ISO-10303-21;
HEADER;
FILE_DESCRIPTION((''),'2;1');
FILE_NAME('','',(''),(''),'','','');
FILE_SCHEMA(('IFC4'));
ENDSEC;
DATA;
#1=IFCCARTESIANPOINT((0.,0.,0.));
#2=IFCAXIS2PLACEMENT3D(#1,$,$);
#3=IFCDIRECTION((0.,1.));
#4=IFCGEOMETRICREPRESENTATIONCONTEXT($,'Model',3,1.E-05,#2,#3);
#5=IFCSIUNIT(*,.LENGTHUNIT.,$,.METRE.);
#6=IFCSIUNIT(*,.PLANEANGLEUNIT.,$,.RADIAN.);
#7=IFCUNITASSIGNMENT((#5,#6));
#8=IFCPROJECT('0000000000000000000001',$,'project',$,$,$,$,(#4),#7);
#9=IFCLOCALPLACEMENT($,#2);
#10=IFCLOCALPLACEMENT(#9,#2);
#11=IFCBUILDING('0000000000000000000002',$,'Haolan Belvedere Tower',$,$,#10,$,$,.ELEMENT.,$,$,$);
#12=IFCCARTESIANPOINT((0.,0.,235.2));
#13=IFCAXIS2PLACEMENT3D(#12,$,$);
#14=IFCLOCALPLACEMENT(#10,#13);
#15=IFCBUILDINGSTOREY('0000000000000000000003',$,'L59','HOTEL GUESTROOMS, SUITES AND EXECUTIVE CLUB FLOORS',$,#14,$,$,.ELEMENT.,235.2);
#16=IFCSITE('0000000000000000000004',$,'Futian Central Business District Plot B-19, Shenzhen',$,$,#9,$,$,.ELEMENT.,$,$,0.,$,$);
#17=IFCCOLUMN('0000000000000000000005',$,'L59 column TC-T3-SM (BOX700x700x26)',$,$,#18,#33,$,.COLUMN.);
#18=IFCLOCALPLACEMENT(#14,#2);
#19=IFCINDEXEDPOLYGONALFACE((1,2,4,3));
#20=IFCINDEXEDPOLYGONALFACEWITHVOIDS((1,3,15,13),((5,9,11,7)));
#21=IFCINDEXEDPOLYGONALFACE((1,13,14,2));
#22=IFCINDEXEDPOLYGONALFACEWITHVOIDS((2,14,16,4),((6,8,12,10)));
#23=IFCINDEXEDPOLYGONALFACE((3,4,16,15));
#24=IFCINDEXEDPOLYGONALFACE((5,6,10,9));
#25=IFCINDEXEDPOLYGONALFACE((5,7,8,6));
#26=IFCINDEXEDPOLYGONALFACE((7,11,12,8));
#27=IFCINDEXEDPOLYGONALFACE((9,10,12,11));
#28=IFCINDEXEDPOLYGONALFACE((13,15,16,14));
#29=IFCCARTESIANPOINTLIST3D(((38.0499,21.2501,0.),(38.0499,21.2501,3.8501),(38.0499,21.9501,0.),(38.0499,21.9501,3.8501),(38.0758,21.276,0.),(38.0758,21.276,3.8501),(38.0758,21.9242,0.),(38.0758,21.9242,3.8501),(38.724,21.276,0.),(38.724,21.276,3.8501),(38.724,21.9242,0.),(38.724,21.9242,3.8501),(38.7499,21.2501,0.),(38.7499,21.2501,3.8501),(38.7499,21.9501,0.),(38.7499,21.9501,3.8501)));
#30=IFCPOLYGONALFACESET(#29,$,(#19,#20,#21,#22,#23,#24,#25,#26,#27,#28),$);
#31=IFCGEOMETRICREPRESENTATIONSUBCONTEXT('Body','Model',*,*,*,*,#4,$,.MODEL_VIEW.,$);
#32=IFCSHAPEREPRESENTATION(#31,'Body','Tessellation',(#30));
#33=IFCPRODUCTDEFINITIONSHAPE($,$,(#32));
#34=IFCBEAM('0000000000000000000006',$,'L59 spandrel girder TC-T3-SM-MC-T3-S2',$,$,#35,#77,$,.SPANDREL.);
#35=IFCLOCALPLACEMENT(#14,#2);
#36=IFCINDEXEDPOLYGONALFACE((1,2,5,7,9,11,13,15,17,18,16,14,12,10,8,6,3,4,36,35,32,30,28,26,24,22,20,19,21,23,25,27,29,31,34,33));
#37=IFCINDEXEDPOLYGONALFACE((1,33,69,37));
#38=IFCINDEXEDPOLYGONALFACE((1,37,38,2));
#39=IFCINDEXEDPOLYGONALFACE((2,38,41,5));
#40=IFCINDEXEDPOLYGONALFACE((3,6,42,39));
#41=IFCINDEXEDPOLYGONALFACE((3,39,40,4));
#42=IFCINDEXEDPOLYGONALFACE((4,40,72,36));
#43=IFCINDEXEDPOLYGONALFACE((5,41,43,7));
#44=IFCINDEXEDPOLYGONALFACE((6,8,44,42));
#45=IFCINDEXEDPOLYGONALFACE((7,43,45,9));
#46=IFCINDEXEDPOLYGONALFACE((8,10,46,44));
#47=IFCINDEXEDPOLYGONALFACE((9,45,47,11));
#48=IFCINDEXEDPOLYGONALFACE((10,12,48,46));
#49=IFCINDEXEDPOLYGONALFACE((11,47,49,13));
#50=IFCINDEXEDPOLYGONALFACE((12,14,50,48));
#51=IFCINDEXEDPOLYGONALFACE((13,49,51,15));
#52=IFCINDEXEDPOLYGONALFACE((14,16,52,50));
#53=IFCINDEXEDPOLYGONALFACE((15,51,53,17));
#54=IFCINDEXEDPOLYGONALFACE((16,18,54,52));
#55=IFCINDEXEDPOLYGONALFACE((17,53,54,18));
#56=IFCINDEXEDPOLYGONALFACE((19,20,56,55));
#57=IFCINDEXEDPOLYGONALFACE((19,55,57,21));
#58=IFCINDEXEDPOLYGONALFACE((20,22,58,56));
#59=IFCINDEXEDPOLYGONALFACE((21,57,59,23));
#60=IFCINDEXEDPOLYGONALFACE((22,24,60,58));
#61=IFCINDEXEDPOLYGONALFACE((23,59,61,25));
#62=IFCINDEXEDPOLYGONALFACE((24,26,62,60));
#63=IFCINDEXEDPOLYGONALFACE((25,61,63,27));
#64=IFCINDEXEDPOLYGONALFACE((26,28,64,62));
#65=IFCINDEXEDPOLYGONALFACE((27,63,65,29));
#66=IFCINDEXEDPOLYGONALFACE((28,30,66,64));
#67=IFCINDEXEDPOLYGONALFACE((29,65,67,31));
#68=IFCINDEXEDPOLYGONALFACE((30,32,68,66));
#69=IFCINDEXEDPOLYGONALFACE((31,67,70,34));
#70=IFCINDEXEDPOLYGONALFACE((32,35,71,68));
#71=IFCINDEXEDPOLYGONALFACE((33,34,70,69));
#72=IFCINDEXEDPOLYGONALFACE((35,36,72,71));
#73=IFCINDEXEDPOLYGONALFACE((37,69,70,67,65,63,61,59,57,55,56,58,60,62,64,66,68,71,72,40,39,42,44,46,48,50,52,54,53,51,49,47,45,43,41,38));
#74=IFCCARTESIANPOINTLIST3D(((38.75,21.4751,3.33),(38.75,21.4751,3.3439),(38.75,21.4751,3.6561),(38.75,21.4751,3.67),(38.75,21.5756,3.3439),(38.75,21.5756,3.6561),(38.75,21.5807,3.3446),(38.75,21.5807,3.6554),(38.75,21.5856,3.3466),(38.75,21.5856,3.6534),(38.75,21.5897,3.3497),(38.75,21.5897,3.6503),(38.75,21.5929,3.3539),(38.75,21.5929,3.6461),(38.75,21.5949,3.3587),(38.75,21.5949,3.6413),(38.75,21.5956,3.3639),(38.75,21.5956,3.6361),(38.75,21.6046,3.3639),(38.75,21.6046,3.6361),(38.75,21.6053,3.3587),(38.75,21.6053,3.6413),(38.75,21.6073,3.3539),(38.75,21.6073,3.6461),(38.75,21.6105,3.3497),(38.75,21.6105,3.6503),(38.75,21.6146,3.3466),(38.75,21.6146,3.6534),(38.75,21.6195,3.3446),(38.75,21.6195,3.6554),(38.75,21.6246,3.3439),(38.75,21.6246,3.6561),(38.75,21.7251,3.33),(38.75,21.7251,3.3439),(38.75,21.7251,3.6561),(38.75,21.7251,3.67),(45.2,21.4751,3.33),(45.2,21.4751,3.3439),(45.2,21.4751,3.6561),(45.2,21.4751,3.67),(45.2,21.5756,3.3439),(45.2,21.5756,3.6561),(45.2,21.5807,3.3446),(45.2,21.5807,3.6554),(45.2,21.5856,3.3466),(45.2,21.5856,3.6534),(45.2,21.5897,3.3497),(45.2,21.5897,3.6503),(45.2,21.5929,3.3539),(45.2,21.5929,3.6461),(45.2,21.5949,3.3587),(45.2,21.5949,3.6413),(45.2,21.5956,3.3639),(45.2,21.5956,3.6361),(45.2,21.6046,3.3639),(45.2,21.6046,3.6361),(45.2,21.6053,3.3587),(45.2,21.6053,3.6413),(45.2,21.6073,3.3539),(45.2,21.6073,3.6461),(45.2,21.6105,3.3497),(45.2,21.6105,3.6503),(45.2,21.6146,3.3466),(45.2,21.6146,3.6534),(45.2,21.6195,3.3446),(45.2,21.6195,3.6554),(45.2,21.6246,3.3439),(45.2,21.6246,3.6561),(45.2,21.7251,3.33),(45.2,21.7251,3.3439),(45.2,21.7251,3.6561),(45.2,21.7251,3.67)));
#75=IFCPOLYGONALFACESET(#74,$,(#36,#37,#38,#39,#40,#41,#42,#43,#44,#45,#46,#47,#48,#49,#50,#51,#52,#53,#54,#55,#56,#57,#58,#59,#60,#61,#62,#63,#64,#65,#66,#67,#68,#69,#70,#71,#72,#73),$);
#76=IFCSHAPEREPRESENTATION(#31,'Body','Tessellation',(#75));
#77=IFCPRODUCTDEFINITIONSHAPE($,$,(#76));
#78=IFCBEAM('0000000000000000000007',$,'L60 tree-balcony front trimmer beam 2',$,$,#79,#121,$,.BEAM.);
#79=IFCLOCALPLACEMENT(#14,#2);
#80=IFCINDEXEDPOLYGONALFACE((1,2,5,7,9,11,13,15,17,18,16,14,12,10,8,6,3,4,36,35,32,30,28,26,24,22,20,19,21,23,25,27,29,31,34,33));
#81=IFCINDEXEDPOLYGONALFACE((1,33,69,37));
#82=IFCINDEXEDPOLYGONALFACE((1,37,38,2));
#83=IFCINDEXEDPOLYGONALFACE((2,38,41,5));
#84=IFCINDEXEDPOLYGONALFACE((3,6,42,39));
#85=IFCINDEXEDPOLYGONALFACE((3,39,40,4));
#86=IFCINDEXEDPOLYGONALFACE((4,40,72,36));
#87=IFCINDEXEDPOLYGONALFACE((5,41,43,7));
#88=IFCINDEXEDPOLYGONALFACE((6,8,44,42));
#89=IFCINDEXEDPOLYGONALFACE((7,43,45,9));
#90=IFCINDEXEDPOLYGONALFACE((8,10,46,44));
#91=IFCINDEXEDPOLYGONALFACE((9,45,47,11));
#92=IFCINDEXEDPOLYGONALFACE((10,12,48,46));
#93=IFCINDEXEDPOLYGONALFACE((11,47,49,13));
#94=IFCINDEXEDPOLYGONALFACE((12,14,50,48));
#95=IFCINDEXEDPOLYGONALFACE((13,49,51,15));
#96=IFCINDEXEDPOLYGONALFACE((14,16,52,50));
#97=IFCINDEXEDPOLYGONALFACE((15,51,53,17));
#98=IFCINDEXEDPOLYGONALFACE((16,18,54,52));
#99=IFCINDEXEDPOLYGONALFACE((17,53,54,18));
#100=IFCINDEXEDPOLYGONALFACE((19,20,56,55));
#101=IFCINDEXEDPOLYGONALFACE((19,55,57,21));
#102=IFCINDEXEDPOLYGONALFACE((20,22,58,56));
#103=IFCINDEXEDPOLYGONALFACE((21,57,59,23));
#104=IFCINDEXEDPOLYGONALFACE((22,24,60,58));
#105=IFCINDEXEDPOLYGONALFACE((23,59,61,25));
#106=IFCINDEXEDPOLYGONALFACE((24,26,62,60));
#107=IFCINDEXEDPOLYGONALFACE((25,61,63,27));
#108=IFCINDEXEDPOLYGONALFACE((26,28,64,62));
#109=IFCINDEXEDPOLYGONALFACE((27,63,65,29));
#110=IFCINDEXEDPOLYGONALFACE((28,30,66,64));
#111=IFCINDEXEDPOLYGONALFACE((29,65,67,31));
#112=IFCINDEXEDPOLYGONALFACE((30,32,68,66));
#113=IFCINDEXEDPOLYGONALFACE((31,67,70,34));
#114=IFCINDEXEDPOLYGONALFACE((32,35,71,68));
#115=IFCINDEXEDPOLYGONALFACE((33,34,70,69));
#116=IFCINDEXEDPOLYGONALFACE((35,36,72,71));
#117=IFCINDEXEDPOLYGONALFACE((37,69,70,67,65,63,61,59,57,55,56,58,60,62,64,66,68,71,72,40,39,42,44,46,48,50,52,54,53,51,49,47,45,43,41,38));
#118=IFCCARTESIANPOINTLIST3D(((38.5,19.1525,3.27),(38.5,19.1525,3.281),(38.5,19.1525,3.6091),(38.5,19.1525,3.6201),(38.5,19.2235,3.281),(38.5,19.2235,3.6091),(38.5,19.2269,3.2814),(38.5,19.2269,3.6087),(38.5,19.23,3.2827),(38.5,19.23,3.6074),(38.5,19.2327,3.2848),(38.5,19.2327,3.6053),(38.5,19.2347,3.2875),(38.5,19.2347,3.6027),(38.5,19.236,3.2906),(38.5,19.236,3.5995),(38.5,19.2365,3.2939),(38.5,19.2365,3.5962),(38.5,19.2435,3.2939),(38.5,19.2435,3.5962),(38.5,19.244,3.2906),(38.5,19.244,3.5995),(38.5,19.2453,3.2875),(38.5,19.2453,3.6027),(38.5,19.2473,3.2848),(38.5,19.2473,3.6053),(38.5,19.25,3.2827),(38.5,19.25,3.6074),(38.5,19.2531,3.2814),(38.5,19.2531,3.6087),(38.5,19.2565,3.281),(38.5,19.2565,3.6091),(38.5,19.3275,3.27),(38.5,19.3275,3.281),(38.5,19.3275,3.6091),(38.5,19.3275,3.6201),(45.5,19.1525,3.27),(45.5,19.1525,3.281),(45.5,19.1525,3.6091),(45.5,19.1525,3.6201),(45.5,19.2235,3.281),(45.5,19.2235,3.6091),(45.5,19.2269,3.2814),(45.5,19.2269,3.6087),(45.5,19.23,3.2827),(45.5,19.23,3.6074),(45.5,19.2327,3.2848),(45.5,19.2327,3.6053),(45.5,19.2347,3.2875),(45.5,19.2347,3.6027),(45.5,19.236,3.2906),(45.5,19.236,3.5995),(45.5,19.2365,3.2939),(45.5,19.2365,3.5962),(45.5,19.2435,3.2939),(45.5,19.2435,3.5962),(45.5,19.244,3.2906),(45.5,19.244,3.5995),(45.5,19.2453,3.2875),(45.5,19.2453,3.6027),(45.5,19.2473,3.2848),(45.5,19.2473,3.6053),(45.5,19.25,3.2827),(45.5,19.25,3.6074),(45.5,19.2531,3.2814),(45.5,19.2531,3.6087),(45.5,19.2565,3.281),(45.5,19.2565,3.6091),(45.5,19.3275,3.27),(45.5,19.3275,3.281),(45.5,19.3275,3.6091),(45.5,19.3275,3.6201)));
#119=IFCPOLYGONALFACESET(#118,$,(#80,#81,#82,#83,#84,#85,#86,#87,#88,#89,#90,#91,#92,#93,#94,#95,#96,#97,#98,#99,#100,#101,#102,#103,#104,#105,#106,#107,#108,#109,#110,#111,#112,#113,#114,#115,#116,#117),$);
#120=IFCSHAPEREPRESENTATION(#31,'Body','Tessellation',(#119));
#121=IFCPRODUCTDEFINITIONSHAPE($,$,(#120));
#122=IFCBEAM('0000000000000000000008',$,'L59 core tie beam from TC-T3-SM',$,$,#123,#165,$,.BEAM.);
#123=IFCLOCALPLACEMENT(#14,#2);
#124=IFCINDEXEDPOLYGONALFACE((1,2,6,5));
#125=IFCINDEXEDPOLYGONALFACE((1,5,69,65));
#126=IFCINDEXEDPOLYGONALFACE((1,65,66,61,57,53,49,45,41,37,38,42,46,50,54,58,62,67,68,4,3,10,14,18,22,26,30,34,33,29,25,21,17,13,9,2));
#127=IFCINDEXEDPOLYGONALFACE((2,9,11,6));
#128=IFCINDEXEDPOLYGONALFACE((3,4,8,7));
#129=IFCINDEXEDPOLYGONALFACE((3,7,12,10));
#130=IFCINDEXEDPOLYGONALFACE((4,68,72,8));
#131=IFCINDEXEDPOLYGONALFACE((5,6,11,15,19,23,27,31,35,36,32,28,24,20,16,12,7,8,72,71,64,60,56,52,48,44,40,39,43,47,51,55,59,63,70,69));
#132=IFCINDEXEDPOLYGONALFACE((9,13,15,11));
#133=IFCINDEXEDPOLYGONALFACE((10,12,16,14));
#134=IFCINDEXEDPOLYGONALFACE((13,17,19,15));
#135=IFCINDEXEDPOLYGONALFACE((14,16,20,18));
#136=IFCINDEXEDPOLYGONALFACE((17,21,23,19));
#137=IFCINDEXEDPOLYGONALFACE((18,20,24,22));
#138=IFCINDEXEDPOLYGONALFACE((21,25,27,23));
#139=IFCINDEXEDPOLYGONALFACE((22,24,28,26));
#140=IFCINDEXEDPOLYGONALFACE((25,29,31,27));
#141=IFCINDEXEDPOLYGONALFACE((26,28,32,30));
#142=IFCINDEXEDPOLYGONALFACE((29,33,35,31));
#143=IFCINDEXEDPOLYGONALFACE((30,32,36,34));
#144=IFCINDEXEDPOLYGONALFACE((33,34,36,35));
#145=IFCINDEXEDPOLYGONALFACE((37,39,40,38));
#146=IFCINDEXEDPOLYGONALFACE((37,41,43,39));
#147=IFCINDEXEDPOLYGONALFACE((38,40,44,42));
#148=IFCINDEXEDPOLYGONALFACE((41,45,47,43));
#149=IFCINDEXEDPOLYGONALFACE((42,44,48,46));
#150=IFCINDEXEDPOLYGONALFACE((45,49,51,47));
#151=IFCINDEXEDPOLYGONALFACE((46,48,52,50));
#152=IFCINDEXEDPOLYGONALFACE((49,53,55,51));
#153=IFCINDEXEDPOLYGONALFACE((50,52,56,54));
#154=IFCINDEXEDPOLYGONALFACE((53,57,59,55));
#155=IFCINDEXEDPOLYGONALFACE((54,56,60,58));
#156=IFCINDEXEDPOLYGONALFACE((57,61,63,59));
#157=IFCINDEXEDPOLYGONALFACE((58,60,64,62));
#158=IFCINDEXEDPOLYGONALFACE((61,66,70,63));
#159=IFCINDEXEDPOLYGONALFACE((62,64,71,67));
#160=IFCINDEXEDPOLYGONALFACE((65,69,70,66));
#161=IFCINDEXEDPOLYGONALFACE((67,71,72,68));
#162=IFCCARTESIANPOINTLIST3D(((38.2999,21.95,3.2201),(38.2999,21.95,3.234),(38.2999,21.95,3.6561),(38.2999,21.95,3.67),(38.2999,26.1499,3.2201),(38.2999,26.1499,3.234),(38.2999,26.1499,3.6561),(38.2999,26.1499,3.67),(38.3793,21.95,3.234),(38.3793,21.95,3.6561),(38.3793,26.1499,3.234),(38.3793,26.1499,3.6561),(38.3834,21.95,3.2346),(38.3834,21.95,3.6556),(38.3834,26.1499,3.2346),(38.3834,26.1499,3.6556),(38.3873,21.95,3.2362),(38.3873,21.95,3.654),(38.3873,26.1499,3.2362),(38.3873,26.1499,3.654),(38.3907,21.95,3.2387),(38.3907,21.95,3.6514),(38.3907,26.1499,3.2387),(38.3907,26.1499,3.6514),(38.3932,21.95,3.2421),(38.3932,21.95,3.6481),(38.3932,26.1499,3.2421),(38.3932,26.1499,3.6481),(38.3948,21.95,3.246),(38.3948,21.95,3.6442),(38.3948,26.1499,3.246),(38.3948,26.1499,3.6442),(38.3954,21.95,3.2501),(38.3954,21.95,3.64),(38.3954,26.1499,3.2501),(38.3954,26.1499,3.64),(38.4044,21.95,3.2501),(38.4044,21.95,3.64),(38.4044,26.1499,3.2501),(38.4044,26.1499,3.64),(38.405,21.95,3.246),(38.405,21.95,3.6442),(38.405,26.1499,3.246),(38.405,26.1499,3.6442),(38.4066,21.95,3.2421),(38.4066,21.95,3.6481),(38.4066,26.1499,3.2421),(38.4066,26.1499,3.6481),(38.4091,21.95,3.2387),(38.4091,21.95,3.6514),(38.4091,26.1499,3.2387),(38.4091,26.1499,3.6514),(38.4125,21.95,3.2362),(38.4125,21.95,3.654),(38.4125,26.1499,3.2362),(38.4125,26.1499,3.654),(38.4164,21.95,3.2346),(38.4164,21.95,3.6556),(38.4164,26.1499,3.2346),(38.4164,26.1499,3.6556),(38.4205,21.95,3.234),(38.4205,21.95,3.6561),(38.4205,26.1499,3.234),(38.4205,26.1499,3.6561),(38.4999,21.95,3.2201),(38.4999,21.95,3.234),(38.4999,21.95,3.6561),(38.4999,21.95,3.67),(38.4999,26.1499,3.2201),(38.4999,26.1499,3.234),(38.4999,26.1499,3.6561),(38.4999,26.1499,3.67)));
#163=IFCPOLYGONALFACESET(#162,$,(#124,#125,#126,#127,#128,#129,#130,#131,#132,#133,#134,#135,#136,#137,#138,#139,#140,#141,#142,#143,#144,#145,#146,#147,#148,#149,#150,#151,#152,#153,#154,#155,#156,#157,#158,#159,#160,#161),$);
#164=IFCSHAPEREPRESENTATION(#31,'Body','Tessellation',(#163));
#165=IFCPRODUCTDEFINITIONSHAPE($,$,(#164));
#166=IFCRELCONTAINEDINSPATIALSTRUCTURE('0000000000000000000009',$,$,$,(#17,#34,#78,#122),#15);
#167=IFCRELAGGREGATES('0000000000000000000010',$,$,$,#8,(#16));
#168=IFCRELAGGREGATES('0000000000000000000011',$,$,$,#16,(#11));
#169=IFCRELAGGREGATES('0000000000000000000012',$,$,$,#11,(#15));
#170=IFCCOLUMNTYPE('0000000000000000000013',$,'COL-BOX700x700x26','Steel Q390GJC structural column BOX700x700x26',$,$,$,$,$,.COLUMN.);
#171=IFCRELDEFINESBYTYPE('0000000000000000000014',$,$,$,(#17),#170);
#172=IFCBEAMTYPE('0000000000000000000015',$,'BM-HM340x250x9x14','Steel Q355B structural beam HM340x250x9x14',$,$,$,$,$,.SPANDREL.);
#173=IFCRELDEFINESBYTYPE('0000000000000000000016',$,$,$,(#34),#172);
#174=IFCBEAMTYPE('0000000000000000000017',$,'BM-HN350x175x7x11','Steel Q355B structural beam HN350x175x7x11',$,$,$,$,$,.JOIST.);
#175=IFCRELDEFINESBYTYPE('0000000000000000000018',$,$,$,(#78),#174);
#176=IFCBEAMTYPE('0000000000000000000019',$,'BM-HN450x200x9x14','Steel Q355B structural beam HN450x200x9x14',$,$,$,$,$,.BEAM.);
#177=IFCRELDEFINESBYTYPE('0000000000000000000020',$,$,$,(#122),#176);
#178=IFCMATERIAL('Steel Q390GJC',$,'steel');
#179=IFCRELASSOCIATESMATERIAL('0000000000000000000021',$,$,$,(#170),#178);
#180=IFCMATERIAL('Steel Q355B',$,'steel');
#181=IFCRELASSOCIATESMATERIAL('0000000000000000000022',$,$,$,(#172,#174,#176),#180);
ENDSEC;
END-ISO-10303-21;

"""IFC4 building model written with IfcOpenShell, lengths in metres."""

from ifc_helpers import new_model, si_unit, direction, frame, origin, origin_2d, place, context, subcontext, project, spatial, hollow_rectangle, i_section, extrude, material, material_profile, profile_set, type_object, element, save


model = new_model("IFC4")

# Units and contexts
model_context = context("Model", 3, precision=1e-05, world=origin(), true_north=direction((0.0, 1.0)))
body_context = subcontext(model_context, "Body", "Model", "MODEL_VIEW")
ifc_project = project(units=[si_unit("LENGTHUNIT", "METRE"), si_unit("PLANEANGLEUNIT", "RADIAN")], contexts=[model_context])

# Site, building, storey
site_placement = place(None, origin())
site = spatial("IfcSite", under=ifc_project, at=site_placement, Name="Futian Central Business District Plot B-19, Shenzhen", CompositionType="ELEMENT", RefElevation=0.0)
building_placement = place(site_placement, origin())
building = spatial("IfcBuilding", under=site, at=building_placement, Name="Haolan Belvedere Tower", CompositionType="ELEMENT")
storey_placement = place(building_placement, frame((0.0, 0.0, 235.2)))
storey = spatial("IfcBuildingStorey", under=building, at=storey_placement, Name="L59", Description="HOTEL GUESTROOMS, SUITES AND EXECUTIVE CLUB FLOORS", CompositionType="ELEMENT", Elevation=235.2)

# Column
ifc_material_1 = material(Name="Steel Q390GJC", Category="steel")
ifc_material_profile_1 = material_profile(ifc_material_1, hollow_rectangle(XDim=0.7, YDim=0.7, WallThickness=0.0259, at=origin_2d()), Name="Steel Q390GJC")
ifc_profile_set_1 = profile_set([ifc_material_profile_1], Name="Steel Q390GJC")
column_type = type_object("IfcColumnType", Name="COL-BOX700x700x26", Description="Steel Q390GJC structural column BOX700x700x26", PredefinedType="COLUMN", material=ifc_profile_set_1)
column_placement = place(storey_placement, frame((38.3999, 21.6001, 0.0), z_axis=(0.0, 0.0, 1.0), x_axis=(1.0, 0.0, 0.0)))
element("IfcColumn", 1, at=column_placement, inside=storey, type_object=column_type, Name="L59 column TC-T3-SM (BOX700x700x26)", PredefinedType="COLUMN", context=body_context, shape_type="SweptSolid", body=[
    extrude(hollow_rectangle(XDim=0.7, YDim=0.7, WallThickness=0.0259, at=origin_2d()), origin(), (0.0, 0.0, 1.0), 3.8501),
])

# Beams
ifc_material_2 = material(Name="Steel Q355B", Category="steel")
ifc_material_profile_2 = material_profile(ifc_material_2, i_section(OverallWidth=0.25, OverallDepth=0.3401, WebThickness=0.009, FlangeThickness=0.0139, FilletRadius=0.02, at=origin_2d()), Name="Steel Q355B")
ifc_profile_set_2 = profile_set([ifc_material_profile_2], Name="Steel Q355B")
beam_type_1 = type_object("IfcBeamType", Name="BM-HM340x250x9x14", Description="Steel Q355B structural beam HM340x250x9x14", PredefinedType="SPANDREL", material=ifc_profile_set_2)
beam_1_placement = place(storey_placement, frame((38.75, 21.6001, 3.5), z_axis=(1.0, 0.0, 0.0), x_axis=(0.0, 1.0, 0.0)))
element("IfcBeam", 2, at=beam_1_placement, inside=storey, type_object=beam_type_1, Name="L59 spandrel girder TC-T3-SM-MC-T3-S2", PredefinedType="SPANDREL", context=body_context, shape_type="SweptSolid", body=[
    extrude(i_section(OverallWidth=0.25, OverallDepth=0.3401, WebThickness=0.009, FlangeThickness=0.0139, FilletRadius=0.02, at=origin_2d()), origin(), (0.0, 0.0, 1.0), 6.45),
])
ifc_material_profile_3 = material_profile(ifc_material_2, i_section(OverallWidth=0.175, OverallDepth=0.3501, WebThickness=0.0071, FlangeThickness=0.011, FilletRadius=0.0129, at=origin_2d()), Name="Steel Q355B")
ifc_profile_set_3 = profile_set([ifc_material_profile_3], Name="Steel Q355B")
beam_type_2 = type_object("IfcBeamType", Name="BM-HN350x175x7x11", Description="Steel Q355B structural beam HN350x175x7x11", PredefinedType="JOIST", material=ifc_profile_set_3)
beam_2_placement = place(storey_placement, frame((38.5, 19.24, 3.4451), z_axis=(1.0, 0.0, 0.0), x_axis=(0.0, 1.0, 0.0)))
element("IfcBeam", 3, at=beam_2_placement, inside=storey, type_object=beam_type_2, Name="L60 tree-balcony front trimmer beam 2", PredefinedType="BEAM", context=body_context, shape_type="SweptSolid", body=[
    extrude(i_section(OverallWidth=0.175, OverallDepth=0.3501, WebThickness=0.0071, FlangeThickness=0.011, FilletRadius=0.0129, at=origin_2d()), origin(), (0.0, 0.0, 1.0), 7.0),
])
ifc_material_profile_4 = material_profile(ifc_material_2, i_section(OverallWidth=0.2, OverallDepth=0.45, WebThickness=0.009, FlangeThickness=0.0139, FilletRadius=0.0161, at=origin_2d()), Name="Steel Q355B")
ifc_profile_set_4 = profile_set([ifc_material_profile_4], Name="Steel Q355B")
beam_type_3 = type_object("IfcBeamType", Name="BM-HN450x200x9x14", Description="Steel Q355B structural beam HN450x200x9x14", PredefinedType="BEAM", material=ifc_profile_set_4)
beam_3_placement = place(storey_placement, frame((38.3999, 21.95, 3.4451), z_axis=(0.0, 1.0, 0.0), x_axis=(-1.0, 0.0, 0.0)))
element("IfcBeam", 4, at=beam_3_placement, inside=storey, type_object=beam_type_3, Name="L59 core tie beam from TC-T3-SM", PredefinedType="BEAM", context=body_context, shape_type="SweptSolid", body=[
    extrude(i_section(OverallWidth=0.2, OverallDepth=0.45, WebThickness=0.009, FlangeThickness=0.0139, FilletRadius=0.0161, at=origin_2d()), origin(), (0.0, 0.0, 1.0), 4.2),
])

save(model, "model.ifc")
